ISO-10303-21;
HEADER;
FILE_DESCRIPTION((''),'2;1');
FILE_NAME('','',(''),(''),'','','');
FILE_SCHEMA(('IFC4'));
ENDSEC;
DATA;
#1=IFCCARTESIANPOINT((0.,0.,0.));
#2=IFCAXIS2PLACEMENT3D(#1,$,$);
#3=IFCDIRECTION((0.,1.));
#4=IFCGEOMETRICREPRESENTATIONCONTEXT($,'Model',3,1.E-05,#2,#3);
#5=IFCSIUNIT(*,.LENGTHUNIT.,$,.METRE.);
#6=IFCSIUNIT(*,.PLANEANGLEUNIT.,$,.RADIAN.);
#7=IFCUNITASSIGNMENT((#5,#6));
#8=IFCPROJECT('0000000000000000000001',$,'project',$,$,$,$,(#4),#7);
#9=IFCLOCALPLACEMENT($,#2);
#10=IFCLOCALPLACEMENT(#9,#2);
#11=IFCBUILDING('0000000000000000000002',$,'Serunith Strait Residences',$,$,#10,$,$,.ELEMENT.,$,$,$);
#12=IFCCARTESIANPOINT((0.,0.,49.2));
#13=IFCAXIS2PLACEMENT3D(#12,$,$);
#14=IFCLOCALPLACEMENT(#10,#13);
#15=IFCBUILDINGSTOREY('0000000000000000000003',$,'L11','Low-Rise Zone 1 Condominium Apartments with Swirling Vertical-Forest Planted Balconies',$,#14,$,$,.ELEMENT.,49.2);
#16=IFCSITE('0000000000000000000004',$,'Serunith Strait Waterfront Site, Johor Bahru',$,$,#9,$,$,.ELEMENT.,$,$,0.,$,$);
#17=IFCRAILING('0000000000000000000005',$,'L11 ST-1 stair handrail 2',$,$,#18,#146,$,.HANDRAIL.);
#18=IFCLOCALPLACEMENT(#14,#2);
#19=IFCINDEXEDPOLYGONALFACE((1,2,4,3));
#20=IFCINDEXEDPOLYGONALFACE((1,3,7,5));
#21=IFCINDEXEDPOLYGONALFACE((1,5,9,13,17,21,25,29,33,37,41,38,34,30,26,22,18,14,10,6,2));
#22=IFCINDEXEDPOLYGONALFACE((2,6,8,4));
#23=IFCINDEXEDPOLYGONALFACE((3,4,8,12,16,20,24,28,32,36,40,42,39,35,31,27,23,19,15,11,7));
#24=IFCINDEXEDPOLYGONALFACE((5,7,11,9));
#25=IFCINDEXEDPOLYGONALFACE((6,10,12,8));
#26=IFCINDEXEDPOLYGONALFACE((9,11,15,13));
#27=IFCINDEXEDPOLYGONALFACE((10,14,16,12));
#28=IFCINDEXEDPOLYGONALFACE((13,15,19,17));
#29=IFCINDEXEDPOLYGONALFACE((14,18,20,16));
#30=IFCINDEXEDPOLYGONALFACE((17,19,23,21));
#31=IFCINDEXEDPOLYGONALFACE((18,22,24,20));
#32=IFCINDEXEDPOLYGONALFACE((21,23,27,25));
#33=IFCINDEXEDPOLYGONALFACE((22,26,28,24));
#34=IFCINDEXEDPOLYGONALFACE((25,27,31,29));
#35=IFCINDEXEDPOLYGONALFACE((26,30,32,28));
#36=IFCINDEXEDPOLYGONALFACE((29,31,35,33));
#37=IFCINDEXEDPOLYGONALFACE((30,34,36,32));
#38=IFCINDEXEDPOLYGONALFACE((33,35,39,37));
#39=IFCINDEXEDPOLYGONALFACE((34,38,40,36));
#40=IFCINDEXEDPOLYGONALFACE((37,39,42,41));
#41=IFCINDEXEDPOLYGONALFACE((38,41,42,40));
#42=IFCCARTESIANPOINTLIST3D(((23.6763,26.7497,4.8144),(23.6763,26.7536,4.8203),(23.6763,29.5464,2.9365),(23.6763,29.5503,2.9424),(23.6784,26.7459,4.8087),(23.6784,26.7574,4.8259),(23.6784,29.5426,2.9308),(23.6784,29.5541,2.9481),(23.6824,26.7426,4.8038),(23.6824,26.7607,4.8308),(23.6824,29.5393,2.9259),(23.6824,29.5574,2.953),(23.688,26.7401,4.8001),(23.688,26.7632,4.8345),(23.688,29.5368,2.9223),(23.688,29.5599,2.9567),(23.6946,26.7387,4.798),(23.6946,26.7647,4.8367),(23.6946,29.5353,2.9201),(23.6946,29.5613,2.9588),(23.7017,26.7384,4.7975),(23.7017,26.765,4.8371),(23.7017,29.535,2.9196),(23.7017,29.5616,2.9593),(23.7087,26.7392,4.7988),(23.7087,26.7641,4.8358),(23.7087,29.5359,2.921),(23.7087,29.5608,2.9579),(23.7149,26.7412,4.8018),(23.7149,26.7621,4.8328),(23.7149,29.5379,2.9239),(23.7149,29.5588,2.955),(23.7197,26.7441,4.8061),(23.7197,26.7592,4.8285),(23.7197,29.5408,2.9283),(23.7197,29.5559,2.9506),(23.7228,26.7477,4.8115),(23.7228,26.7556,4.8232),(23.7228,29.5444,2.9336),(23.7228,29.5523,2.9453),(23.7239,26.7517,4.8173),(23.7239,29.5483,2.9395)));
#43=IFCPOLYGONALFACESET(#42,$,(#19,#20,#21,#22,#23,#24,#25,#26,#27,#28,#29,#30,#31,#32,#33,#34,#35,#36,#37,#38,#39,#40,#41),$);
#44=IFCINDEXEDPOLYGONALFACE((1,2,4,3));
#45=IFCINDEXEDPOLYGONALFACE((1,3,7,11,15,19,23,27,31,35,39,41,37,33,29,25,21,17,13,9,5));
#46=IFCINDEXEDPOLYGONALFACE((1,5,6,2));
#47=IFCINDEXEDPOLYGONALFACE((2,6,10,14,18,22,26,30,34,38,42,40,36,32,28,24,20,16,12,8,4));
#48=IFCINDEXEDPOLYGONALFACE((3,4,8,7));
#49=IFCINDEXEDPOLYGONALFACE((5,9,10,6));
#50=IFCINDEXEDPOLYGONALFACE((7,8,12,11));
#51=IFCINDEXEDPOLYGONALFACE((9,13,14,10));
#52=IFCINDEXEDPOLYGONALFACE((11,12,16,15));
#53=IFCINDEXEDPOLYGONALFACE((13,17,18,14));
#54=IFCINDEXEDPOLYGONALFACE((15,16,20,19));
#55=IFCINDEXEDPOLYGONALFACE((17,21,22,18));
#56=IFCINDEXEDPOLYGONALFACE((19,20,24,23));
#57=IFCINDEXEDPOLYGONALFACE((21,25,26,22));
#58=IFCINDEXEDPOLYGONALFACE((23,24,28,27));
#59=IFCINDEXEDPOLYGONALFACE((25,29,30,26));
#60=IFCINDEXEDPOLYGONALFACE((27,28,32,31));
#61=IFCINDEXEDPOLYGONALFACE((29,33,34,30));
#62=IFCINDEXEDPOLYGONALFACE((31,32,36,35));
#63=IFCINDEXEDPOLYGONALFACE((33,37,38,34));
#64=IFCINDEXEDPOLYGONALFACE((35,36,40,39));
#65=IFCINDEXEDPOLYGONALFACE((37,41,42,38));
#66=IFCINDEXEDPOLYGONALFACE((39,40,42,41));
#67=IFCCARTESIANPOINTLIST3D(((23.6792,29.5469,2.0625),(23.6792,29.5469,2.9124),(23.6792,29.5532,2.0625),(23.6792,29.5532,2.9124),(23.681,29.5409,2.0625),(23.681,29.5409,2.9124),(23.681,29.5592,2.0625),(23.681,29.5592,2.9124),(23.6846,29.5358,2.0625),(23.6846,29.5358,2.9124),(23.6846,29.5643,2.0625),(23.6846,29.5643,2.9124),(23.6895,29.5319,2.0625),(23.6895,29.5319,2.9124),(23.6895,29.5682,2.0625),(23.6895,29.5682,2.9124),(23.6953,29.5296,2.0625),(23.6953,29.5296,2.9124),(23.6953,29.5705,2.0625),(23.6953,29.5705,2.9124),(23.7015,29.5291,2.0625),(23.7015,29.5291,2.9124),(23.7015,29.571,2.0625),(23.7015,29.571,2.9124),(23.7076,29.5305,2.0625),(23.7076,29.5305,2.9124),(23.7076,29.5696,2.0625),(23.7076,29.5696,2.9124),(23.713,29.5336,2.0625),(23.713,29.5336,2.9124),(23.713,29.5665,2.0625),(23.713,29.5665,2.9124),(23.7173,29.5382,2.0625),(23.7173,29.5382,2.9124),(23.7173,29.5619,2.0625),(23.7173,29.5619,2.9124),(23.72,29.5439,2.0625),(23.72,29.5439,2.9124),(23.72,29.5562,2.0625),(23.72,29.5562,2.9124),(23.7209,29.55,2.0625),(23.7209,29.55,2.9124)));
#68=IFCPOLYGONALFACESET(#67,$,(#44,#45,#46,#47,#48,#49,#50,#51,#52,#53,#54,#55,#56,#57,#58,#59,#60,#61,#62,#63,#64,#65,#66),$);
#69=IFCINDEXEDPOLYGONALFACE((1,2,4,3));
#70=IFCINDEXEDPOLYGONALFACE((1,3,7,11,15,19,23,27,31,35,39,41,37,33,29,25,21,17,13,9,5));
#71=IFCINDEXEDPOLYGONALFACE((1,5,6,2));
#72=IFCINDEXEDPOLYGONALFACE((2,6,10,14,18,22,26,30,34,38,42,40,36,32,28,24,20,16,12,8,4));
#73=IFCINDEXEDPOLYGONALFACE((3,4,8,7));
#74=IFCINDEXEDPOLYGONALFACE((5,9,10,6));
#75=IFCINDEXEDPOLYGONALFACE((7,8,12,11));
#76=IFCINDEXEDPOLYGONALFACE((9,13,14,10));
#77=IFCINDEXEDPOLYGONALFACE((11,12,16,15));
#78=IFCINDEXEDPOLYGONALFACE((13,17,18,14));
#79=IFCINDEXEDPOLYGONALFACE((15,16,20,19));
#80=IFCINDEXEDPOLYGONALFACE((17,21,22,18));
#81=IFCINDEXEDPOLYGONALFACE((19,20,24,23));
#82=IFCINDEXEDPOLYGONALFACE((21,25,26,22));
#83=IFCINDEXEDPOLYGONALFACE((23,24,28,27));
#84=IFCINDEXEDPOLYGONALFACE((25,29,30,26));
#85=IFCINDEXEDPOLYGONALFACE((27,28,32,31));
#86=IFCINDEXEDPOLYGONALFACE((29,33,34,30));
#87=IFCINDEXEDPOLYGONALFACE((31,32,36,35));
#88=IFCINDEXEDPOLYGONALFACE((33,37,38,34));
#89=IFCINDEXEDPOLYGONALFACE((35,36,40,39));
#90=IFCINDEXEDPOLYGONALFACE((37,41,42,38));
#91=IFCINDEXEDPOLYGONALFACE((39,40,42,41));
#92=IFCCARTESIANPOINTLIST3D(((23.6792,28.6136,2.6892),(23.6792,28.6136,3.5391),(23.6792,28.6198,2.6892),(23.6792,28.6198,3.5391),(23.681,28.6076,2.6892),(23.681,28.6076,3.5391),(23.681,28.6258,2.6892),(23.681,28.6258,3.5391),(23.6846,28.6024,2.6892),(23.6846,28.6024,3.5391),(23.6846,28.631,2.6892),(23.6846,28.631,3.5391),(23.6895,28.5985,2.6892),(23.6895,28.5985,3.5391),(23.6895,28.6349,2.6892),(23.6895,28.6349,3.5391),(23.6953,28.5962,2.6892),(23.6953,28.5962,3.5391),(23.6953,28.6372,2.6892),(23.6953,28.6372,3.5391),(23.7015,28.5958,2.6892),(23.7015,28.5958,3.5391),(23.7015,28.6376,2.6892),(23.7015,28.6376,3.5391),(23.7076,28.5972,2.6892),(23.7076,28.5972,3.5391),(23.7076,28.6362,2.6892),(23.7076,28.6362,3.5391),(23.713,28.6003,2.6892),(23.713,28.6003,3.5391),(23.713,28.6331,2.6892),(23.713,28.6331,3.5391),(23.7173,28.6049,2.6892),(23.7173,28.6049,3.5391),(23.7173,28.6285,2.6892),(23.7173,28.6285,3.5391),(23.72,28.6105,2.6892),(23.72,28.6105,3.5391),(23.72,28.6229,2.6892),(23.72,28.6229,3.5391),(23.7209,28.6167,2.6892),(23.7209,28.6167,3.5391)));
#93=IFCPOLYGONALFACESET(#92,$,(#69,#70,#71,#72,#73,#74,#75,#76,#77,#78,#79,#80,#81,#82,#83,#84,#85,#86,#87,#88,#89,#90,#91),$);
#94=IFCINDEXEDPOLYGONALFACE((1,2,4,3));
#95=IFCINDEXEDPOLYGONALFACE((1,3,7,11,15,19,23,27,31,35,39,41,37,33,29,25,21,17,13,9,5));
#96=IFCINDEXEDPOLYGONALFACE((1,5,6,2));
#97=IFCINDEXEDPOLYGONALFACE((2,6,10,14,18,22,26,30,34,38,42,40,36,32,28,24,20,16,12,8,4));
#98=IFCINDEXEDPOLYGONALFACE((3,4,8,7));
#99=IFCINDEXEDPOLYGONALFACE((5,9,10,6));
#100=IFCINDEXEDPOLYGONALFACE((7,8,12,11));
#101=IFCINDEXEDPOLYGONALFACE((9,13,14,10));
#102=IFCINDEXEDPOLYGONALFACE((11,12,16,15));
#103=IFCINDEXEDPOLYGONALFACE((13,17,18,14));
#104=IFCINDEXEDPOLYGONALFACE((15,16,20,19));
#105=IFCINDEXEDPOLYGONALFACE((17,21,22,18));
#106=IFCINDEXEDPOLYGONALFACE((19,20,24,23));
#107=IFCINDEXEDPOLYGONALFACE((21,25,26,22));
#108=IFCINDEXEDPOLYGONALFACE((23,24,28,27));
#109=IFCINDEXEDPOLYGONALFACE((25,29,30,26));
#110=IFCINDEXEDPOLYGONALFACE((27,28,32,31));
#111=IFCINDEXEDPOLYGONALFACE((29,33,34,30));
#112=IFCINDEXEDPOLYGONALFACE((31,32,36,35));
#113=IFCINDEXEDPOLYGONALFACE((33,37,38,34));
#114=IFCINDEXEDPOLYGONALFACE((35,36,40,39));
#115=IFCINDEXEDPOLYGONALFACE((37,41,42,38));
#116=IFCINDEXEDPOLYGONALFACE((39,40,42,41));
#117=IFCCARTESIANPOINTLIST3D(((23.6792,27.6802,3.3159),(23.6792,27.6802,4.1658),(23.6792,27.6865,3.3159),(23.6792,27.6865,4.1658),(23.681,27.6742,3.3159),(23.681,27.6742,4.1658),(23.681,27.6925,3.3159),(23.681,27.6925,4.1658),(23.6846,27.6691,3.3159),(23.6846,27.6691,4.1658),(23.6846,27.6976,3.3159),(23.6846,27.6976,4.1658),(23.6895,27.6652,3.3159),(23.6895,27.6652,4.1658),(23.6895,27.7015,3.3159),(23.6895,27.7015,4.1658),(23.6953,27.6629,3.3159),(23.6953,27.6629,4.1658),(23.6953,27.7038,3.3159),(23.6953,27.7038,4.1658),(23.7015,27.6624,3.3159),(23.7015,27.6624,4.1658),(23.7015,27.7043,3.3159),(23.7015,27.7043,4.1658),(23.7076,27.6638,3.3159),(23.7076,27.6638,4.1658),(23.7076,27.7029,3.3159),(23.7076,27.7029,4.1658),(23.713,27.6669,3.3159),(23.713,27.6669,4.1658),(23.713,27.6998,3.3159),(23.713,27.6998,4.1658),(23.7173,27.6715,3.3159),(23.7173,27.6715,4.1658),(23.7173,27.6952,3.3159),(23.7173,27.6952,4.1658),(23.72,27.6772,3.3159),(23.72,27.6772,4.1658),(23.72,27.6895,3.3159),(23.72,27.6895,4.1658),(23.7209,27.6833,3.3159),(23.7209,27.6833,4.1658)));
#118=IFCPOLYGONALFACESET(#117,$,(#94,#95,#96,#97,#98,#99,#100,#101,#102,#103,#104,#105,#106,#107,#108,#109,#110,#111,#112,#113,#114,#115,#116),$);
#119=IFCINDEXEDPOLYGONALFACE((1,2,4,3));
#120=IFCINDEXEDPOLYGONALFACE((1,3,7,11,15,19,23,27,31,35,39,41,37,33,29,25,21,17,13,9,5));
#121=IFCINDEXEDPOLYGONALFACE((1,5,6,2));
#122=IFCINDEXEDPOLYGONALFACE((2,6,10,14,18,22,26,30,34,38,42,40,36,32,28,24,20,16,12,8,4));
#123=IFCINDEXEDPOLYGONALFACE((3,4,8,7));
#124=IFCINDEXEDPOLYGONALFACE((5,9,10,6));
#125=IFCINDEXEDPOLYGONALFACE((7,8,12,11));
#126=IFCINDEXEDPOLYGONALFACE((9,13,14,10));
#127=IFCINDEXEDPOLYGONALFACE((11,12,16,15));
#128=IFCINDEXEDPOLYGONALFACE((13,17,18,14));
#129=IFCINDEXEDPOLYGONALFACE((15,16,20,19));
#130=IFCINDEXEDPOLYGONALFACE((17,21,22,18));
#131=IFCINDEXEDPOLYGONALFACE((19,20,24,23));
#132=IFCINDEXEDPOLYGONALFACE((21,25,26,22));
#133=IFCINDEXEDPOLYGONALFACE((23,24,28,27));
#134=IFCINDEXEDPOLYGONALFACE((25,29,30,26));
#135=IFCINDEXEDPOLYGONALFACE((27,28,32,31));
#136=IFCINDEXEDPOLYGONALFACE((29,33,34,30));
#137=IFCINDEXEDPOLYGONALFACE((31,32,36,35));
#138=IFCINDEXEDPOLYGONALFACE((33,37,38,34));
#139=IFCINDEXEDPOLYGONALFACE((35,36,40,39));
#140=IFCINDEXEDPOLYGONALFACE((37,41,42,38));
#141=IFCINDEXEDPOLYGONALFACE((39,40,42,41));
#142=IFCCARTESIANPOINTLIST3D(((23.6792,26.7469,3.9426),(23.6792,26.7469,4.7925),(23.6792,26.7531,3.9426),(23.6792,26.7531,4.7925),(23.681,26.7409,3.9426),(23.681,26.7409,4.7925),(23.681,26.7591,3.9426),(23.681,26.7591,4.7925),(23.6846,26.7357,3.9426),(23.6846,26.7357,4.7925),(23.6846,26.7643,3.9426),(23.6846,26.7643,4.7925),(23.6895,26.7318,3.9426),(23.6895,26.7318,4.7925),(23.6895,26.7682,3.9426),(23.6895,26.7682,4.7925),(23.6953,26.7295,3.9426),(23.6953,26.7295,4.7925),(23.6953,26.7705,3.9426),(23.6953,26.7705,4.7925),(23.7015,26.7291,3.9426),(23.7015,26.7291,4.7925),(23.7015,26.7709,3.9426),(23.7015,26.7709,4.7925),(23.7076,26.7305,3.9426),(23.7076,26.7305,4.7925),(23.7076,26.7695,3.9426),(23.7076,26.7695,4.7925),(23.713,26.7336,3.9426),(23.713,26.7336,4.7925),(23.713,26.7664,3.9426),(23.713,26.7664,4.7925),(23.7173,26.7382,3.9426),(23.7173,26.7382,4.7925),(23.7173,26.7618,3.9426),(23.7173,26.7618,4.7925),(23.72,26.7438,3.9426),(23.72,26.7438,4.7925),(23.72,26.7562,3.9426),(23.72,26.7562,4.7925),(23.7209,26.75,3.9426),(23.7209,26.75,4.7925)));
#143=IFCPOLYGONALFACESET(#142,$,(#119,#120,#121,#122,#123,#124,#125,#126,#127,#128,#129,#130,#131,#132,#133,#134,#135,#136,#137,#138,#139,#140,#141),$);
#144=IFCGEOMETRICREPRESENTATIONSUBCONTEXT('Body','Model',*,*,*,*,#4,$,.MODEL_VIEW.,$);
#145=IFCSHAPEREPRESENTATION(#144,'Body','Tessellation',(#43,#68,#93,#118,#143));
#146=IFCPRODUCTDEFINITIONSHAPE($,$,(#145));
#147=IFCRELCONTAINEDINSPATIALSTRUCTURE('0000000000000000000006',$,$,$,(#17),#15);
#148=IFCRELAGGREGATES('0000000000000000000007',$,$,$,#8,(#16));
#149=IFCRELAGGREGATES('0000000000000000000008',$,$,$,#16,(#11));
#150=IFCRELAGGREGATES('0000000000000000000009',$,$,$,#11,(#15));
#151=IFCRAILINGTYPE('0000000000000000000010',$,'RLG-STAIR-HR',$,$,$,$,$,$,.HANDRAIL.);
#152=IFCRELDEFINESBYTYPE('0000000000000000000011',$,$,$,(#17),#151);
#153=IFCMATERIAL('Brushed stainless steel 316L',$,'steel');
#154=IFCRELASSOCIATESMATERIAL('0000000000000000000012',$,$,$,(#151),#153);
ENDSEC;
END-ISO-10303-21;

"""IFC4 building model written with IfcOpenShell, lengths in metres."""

from ifc_helpers import new_model, si_unit, direction, frame, origin, origin_2d, place, context, subcontext, project, spatial, circle, extrude, material, type_object, element, save


model = new_model("IFC4")

# Units and contexts
model_context = context("Model", 3, precision=1e-05, world=origin(), true_north=direction((0.0, 1.0)))
body_context = subcontext(model_context, "Body", "Model", "MODEL_VIEW")
ifc_project = project(units=[si_unit("LENGTHUNIT", "METRE"), si_unit("PLANEANGLEUNIT", "RADIAN")], contexts=[model_context])

# Site, building, storey
site_placement = place(None, origin())
site = spatial("IfcSite", under=ifc_project, at=site_placement, Name="Serunith Strait Waterfront Site, Johor Bahru", CompositionType="ELEMENT", RefElevation=0.0)
building_placement = place(site_placement, origin())
building = spatial("IfcBuilding", under=site, at=building_placement, Name="Serunith Strait Residences", CompositionType="ELEMENT")
storey_placement = place(building_placement, frame((0.0, 0.0, 49.2)))
storey = spatial("IfcBuildingStorey", under=building, at=storey_placement, Name="L11", Description="Low-Rise Zone 1 Condominium Apartments with Swirling Vertical-Forest Planted Balconies", CompositionType="ELEMENT", Elevation=49.2)

# Railing
ifc_material_1 = material(Name="Brushed stainless steel 316L", Category="steel")
railing_type_1 = type_object("IfcRailingType", Name="RLG-STAIR-HR", PredefinedType="HANDRAIL", material=ifc_material_1)
railing_1_placement = place(storey_placement, frame((23.7, 29.55, 2.0625)))
element("IfcRailing", 1, at=railing_1_placement, inside=storey, type_object=railing_type_1, Name="L11 ST-1 stair handrail 2", PredefinedType="HANDRAIL", context=body_context, shape_type="SweptSolid", body=[
    extrude(circle(Radius=0.0239, at=origin_2d()), frame((0.0, -0.0017, 0.877), z_axis=(0.0, -0.830208, 0.557453), x_axis=(1.0, 0.0, 0.0)), (0.0, 0.0, 1.0), 3.3687),
    extrude(circle(Radius=0.021, at=origin_2d()), origin(), (0.0, 0.0, 1.0), 0.8499),
    extrude(circle(Radius=0.021, at=origin_2d()), frame((0.0, -0.9333, 0.6267)), (0.0, 0.0, 1.0), 0.8499),
    extrude(circle(Radius=0.021, at=origin_2d()), frame((0.0, -1.8667, 1.2534)), (0.0, 0.0, 1.0), 0.8499),
    extrude(circle(Radius=0.021, at=origin_2d()), frame((0.0, -2.8, 1.8801)), (0.0, 0.0, 1.0), 0.8499),
])

save(model, "model.ifc")
